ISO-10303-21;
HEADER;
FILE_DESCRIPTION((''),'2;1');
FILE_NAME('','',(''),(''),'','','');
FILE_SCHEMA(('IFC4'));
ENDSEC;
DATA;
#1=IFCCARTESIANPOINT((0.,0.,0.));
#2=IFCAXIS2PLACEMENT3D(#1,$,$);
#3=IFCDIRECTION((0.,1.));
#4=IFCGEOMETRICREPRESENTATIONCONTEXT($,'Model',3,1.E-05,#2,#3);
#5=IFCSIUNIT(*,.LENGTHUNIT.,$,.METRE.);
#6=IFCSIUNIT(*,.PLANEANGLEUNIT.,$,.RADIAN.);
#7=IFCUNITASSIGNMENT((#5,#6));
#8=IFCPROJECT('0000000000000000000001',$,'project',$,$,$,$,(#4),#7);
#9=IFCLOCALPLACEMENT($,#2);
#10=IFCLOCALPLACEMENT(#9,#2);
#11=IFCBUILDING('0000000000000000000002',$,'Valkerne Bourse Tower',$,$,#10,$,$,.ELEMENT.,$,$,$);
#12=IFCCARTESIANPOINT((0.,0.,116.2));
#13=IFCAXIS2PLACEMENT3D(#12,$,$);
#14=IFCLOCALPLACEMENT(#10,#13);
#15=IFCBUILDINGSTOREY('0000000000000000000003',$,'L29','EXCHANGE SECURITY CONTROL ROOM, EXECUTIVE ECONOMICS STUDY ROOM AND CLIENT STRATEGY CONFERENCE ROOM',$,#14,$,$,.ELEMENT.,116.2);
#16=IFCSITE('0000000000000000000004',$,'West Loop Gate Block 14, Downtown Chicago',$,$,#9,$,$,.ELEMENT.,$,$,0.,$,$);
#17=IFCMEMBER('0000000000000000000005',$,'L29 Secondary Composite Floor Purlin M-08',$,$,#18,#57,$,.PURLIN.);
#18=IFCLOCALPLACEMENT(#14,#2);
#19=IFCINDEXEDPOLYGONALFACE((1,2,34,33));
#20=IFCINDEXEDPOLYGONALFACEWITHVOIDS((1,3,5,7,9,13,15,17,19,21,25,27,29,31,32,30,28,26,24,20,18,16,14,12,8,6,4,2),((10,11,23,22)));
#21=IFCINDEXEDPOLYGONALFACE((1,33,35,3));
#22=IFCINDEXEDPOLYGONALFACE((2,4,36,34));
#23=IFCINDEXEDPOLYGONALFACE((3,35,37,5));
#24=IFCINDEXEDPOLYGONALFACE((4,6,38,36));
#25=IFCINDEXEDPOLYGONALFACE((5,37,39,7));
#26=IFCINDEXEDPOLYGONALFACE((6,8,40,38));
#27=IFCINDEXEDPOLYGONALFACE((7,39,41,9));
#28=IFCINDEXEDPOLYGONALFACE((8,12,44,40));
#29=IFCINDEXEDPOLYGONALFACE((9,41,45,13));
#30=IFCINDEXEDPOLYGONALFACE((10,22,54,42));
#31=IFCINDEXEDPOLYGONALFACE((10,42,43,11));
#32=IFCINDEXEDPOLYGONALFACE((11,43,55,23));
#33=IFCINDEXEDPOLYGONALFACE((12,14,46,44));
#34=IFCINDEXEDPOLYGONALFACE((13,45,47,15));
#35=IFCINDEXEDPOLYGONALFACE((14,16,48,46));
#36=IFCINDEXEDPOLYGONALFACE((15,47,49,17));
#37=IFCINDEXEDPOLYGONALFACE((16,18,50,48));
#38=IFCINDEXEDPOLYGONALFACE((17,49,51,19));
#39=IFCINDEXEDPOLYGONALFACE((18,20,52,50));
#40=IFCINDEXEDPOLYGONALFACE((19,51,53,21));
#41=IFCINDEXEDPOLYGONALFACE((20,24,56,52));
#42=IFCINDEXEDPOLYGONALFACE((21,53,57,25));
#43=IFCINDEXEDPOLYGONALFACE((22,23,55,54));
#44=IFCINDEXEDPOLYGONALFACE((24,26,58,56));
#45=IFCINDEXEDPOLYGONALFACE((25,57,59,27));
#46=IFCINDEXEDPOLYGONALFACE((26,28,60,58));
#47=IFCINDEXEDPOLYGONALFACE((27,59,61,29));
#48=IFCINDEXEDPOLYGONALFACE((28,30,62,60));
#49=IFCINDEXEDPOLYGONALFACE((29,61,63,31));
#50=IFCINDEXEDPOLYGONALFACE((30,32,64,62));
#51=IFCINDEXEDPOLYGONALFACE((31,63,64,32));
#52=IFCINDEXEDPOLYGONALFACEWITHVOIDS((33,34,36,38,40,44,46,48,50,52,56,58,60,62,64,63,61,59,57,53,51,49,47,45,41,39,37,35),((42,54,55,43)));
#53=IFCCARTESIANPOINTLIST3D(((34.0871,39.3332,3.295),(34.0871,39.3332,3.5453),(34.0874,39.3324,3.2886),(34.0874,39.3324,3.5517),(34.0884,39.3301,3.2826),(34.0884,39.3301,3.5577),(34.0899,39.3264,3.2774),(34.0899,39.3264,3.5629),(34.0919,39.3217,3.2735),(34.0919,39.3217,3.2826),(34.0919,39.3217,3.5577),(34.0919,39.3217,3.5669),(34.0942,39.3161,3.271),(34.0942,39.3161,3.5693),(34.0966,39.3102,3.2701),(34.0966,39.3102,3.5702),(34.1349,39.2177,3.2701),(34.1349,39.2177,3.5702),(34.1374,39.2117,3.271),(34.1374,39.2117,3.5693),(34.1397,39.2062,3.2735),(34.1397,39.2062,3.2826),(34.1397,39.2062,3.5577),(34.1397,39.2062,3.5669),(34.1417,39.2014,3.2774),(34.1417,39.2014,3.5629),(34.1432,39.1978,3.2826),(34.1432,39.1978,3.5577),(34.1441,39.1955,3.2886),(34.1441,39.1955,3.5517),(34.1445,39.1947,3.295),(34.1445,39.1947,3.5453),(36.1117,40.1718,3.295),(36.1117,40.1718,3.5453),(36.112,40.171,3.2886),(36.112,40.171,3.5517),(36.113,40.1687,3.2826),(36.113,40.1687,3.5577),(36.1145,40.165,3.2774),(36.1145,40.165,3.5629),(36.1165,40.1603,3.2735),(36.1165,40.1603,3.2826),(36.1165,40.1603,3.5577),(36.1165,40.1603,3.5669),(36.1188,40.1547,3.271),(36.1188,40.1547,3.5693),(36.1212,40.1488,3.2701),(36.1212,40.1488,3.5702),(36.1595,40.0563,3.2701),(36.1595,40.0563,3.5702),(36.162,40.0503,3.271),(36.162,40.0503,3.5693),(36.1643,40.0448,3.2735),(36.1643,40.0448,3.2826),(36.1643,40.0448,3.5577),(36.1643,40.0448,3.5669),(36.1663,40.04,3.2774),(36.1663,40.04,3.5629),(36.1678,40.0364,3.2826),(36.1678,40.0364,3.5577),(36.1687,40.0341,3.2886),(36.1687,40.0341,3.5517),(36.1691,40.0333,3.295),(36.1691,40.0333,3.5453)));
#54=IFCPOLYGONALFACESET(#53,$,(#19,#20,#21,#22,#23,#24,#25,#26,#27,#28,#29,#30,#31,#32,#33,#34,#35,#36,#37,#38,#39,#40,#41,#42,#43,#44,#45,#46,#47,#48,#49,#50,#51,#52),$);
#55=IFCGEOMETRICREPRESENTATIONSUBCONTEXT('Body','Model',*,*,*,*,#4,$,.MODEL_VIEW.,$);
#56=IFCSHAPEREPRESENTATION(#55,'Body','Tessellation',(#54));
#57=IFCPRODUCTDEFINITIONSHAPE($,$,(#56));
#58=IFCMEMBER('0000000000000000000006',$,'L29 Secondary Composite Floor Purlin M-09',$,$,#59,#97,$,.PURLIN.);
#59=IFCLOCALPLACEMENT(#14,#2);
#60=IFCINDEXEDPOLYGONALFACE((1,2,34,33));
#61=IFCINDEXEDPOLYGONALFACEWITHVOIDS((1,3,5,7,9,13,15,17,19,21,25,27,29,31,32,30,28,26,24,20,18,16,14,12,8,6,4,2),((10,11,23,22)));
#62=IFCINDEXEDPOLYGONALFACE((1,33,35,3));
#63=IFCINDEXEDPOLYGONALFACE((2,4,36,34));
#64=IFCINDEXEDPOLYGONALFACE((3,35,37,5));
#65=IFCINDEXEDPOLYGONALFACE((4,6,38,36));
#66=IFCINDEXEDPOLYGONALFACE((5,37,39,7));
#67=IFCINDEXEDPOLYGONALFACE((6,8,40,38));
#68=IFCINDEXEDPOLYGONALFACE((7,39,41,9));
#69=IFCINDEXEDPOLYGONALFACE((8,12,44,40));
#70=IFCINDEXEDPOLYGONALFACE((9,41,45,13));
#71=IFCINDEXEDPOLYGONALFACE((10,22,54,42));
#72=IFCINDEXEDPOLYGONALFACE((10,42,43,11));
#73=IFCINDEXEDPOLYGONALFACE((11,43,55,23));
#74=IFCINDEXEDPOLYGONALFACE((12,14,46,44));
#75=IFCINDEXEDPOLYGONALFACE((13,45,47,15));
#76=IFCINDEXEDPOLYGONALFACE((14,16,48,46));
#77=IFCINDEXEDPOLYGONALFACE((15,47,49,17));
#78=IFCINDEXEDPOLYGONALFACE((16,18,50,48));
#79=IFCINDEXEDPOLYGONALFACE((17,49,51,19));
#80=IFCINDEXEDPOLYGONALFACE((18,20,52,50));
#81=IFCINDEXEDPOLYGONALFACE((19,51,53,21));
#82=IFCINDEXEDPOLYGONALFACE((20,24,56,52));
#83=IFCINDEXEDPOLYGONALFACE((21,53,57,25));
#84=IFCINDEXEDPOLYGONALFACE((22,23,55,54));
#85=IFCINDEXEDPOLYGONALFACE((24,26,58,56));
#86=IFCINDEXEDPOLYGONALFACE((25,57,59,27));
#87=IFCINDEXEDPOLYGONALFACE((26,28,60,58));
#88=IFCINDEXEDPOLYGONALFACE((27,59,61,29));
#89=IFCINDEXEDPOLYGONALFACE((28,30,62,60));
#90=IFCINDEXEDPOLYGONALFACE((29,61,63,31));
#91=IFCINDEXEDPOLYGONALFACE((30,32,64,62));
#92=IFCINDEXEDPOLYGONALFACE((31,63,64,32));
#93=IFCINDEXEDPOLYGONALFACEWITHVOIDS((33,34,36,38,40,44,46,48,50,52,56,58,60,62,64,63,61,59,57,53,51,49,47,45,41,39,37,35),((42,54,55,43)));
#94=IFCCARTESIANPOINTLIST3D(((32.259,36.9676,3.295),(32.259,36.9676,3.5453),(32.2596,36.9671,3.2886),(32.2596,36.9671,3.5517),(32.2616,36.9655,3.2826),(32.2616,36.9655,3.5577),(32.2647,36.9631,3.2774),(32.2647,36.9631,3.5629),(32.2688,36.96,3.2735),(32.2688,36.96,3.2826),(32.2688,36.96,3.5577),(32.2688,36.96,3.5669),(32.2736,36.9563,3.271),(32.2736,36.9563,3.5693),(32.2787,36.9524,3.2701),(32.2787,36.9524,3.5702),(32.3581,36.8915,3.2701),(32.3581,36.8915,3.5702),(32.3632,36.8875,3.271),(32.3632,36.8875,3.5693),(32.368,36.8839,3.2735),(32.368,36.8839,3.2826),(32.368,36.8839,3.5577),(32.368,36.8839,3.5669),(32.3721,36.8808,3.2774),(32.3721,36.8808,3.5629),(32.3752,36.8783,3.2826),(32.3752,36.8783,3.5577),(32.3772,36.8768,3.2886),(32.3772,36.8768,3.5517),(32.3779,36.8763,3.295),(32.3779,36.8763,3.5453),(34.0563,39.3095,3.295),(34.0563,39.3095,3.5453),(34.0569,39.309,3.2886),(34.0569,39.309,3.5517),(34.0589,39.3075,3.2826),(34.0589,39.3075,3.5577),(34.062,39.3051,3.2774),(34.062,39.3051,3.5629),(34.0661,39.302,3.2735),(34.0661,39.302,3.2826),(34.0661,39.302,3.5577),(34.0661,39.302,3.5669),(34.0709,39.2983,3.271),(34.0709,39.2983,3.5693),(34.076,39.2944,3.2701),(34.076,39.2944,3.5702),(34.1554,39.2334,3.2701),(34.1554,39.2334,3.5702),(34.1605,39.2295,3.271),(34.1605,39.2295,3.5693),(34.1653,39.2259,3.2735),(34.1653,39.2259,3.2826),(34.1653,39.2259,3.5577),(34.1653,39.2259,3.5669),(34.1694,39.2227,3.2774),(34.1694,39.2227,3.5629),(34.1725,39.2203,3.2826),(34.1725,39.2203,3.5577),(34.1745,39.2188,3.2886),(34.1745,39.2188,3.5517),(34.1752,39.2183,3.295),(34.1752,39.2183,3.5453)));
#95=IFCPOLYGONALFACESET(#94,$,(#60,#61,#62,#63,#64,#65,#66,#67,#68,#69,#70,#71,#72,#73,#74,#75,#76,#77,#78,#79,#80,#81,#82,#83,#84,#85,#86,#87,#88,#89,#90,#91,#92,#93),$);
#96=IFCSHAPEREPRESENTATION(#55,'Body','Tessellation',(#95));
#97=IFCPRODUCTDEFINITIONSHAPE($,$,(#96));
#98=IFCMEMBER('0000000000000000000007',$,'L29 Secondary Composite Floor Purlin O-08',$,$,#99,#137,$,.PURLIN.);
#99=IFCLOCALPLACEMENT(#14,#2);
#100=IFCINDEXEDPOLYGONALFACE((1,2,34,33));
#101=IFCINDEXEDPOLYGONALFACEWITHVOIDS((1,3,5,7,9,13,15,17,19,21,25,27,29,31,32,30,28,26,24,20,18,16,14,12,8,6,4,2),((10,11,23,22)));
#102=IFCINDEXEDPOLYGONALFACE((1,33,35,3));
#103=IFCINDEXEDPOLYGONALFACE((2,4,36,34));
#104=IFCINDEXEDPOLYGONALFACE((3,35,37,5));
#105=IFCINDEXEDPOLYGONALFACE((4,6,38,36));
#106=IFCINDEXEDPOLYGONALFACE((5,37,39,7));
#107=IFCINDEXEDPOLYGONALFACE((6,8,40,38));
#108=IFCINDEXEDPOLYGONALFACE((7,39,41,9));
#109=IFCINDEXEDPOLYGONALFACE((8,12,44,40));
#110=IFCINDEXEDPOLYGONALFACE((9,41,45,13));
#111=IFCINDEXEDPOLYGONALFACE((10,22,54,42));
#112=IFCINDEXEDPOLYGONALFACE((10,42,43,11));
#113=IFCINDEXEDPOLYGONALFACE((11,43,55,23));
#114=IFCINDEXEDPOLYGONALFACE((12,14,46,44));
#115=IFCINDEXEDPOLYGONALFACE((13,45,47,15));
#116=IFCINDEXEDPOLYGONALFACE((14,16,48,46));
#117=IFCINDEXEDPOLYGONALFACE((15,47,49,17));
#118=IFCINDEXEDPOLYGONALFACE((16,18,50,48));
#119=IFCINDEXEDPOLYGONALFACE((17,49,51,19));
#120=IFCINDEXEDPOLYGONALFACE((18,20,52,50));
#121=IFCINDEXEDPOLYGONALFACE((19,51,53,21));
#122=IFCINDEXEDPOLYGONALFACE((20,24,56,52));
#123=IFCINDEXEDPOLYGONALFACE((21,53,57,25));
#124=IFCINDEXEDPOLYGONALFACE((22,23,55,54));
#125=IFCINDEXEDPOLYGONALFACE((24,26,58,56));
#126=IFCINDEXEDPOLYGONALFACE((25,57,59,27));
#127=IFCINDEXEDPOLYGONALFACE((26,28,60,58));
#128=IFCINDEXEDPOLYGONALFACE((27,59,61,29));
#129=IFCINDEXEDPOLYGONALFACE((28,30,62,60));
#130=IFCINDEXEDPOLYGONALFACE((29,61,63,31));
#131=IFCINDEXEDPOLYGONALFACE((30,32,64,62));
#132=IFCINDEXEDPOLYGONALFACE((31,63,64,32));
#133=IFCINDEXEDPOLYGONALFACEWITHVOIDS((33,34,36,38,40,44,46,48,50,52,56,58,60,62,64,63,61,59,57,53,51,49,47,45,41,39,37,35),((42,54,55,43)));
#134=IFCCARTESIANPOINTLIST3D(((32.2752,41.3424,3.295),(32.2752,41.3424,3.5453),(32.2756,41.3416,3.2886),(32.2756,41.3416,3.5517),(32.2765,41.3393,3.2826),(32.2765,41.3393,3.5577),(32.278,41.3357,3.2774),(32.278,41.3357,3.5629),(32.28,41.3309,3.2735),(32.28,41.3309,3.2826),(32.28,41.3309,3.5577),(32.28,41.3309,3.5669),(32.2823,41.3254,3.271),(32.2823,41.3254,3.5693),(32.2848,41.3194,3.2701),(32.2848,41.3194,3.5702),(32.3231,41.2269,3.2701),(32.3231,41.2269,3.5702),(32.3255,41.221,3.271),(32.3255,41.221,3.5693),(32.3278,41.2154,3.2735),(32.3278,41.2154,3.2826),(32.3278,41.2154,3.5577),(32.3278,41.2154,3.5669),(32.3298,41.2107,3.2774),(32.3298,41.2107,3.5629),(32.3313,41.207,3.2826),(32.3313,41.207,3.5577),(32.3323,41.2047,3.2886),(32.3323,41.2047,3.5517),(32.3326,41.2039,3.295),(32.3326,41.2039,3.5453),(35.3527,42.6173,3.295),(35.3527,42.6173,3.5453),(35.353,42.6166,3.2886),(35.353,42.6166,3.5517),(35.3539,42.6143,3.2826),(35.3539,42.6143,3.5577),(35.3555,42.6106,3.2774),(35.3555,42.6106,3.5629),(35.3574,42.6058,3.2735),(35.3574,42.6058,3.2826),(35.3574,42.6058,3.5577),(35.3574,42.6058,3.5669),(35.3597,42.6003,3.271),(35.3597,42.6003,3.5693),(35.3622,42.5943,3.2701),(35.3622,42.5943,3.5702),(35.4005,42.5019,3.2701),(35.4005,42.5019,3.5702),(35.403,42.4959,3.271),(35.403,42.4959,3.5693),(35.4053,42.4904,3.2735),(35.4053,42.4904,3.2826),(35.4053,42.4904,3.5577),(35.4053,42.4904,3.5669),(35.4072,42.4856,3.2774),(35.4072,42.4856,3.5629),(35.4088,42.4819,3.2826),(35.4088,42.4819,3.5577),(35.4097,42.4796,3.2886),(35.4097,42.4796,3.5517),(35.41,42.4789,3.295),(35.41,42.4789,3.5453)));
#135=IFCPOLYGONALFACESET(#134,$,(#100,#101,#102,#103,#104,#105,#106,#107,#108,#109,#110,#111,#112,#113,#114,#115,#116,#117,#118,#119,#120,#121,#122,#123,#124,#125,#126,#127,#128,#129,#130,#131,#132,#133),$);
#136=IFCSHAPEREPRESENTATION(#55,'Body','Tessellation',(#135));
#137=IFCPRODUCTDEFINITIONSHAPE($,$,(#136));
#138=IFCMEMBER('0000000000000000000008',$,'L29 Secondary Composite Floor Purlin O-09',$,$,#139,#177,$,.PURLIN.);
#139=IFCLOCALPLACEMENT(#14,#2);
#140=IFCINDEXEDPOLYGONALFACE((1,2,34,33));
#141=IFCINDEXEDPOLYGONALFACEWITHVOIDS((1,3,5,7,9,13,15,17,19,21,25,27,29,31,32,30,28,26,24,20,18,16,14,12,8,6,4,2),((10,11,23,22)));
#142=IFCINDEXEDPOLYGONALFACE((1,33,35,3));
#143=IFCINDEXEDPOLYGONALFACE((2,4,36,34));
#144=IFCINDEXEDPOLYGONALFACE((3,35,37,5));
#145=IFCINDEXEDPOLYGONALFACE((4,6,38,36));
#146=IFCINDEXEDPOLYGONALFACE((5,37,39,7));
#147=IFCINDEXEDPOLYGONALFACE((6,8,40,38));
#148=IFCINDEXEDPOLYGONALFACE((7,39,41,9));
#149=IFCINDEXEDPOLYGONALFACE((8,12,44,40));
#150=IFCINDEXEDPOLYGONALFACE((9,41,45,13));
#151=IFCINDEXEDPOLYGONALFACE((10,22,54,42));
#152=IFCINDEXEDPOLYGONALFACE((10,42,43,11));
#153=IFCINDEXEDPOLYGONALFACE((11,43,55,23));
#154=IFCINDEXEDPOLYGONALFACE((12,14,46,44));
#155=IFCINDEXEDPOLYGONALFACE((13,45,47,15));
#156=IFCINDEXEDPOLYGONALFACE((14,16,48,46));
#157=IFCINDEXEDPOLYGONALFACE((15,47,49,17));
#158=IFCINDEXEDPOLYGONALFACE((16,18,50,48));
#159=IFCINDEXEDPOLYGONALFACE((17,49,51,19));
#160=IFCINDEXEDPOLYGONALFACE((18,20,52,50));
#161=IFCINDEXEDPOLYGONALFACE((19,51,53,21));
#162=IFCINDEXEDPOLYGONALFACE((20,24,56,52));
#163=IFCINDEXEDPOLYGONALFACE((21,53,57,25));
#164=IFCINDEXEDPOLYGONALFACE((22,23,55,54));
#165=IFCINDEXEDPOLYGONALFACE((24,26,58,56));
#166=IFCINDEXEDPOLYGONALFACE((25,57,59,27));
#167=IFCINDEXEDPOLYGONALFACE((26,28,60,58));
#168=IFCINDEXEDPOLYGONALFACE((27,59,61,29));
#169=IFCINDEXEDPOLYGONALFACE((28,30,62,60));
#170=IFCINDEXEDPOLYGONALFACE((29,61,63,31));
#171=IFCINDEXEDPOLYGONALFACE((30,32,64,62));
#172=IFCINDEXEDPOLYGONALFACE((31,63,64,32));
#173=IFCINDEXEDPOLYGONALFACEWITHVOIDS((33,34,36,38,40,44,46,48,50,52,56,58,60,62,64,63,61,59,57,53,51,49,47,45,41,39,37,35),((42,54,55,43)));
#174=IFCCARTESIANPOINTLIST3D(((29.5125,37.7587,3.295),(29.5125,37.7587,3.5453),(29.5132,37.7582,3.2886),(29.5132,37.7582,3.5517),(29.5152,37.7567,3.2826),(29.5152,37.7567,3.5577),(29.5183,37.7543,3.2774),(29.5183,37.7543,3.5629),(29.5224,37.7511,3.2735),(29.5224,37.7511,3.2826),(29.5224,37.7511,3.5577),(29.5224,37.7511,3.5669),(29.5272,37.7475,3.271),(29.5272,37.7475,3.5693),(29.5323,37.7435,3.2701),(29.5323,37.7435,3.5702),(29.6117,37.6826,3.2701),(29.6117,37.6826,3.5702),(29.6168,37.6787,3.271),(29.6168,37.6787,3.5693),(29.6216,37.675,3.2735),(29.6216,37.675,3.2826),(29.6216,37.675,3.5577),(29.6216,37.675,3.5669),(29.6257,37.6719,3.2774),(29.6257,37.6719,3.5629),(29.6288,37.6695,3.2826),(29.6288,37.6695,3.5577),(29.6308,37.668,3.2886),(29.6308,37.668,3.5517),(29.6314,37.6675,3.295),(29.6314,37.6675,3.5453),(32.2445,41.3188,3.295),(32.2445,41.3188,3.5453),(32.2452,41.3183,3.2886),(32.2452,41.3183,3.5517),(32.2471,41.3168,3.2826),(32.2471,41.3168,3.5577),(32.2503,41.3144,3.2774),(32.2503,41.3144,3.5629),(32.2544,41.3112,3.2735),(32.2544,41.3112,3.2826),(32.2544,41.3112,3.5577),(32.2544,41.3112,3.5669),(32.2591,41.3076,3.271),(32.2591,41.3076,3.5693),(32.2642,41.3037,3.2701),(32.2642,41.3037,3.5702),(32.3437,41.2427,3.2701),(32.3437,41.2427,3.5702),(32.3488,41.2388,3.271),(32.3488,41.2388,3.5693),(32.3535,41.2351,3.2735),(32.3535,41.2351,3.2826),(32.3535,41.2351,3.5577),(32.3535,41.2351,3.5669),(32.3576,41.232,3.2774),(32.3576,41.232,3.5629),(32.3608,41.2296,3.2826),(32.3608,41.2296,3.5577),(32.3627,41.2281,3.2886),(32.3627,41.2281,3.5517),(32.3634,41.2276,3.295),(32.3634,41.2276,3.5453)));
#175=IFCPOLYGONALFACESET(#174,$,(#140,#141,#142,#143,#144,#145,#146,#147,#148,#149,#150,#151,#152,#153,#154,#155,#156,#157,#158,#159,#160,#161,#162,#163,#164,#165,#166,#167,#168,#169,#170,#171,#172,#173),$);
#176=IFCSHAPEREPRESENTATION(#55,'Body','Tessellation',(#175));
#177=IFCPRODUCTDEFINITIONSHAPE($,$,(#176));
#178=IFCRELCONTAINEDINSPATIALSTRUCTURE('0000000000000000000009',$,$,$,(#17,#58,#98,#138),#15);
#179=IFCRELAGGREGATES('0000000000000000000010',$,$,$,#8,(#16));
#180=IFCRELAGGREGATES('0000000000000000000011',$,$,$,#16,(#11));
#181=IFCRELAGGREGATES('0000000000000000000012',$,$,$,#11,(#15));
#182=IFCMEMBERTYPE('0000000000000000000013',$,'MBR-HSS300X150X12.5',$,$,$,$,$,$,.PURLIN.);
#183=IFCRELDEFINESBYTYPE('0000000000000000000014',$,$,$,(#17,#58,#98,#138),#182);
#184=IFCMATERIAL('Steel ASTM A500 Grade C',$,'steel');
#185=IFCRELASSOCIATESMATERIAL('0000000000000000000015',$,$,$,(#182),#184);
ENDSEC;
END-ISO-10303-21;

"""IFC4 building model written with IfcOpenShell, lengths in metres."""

from ifc_helpers import new_model, si_unit, direction, frame, origin, origin_2d, place, context, subcontext, project, spatial, hollow_rectangle, extrude, material, material_profile, profile_set, type_object, element, save


model = new_model("IFC4")

# Units and contexts
model_context = context("Model", 3, precision=1e-05, world=origin(), true_north=direction((0.0, 1.0)))
body_context = subcontext(model_context, "Body", "Model", "MODEL_VIEW")
ifc_project = project(units=[si_unit("LENGTHUNIT", "METRE"), si_unit("PLANEANGLEUNIT", "RADIAN")], contexts=[model_context])

# Site, building, storey
site_placement = place(None, origin())
site = spatial("IfcSite", under=ifc_project, at=site_placement, Name="West Loop Gate Block 14, Downtown Chicago", CompositionType="ELEMENT", RefElevation=0.0)
building_placement = place(site_placement, origin())
building = spatial("IfcBuilding", under=site, at=building_placement, Name="Valkerne Bourse Tower", CompositionType="ELEMENT")
storey_placement = place(building_placement, frame((0.0, 0.0, 116.2)))
storey = spatial("IfcBuildingStorey", under=building, at=storey_placement, Name="L29", Description="EXCHANGE SECURITY CONTROL ROOM, EXECUTIVE ECONOMICS STUDY ROOM AND CLIENT STRATEGY CONFERENCE ROOM", CompositionType="ELEMENT", Elevation=116.2)

# Members
ifc_material_1 = material(Name="Steel ASTM A500 Grade C", Category="steel")
ifc_material_profile_1 = material_profile(ifc_material_1, hollow_rectangle(XDim=0.1499, YDim=0.3, WallThickness=0.0125, OuterFilletRadius=0.0249, at=origin_2d()), Name="HSS300X150X12.5")
ifc_profile_set_1 = profile_set([ifc_material_profile_1], Name="Steel ASTM A500 Grade C")
member_type_1 = type_object("IfcMemberType", Name="MBR-HSS300X150X12.5", PredefinedType="PURLIN", material=ifc_profile_set_1)
member_1_placement = place(storey_placement, frame((36.1404, 40.1025, 3.4202), z_axis=(-0.923882, -0.382676, 0.0), x_axis=(0.382676, -0.923882, 0.0)))
element("IfcMember", 1, at=member_1_placement, inside=storey, type_object=member_type_1, Name="L29 Secondary Composite Floor Purlin M-08", PredefinedType="PURLIN", context=body_context, shape_type="SweptSolid", body=[
    extrude(hollow_rectangle(XDim=0.1499, YDim=0.3, WallThickness=0.0125, OuterFilletRadius=0.0249, at=origin_2d()), origin(), (0.0, 0.0, 1.0), 2.1914),
])
member_2_placement = place(storey_placement, frame((34.1157, 39.2639, 3.4202), z_axis=(-0.608815, -0.793312, 0.0), x_axis=(0.793312, -0.608815, 0.0)))
element("IfcMember", 2, at=member_2_placement, inside=storey, type_object=member_type_1, Name="L29 Secondary Composite Floor Purlin M-09", PredefinedType="PURLIN", context=body_context, shape_type="SweptSolid", body=[
    extrude(hollow_rectangle(XDim=0.1499, YDim=0.3, WallThickness=0.0125, OuterFilletRadius=0.0249, at=origin_2d()), origin(), (0.0, 0.0, 1.0), 2.9521),
])
member_3_placement = place(storey_placement, frame((35.3813, 42.5481, 3.4202), z_axis=(-0.923858, -0.382736, 0.0), x_axis=(0.382736, -0.923858, 0.0)))
element("IfcMember", 3, at=member_3_placement, inside=storey, type_object=member_type_1, Name="L29 Secondary Composite Floor Purlin O-08", PredefinedType="PURLIN", context=body_context, shape_type="SweptSolid", body=[
    extrude(hollow_rectangle(XDim=0.1499, YDim=0.3, WallThickness=0.0125, OuterFilletRadius=0.0249, at=origin_2d()), origin(), (0.0, 0.0, 1.0), 3.3311),
])
member_4_placement = place(storey_placement, frame((32.304, 41.2732, 3.4202), z_axis=(-0.60879, -0.793331, 0.0), x_axis=(0.793331, -0.60879, 0.0)))
element("IfcMember", 4, at=member_4_placement, inside=storey, type_object=member_type_1, Name="L29 Secondary Composite Floor Purlin O-09", PredefinedType="PURLIN", context=body_context, shape_type="SweptSolid", body=[
    extrude(hollow_rectangle(XDim=0.1499, YDim=0.3, WallThickness=0.0125, OuterFilletRadius=0.0249, at=origin_2d()), origin(), (0.0, 0.0, 1.0), 4.4875),
])

save(model, "model.ifc")
